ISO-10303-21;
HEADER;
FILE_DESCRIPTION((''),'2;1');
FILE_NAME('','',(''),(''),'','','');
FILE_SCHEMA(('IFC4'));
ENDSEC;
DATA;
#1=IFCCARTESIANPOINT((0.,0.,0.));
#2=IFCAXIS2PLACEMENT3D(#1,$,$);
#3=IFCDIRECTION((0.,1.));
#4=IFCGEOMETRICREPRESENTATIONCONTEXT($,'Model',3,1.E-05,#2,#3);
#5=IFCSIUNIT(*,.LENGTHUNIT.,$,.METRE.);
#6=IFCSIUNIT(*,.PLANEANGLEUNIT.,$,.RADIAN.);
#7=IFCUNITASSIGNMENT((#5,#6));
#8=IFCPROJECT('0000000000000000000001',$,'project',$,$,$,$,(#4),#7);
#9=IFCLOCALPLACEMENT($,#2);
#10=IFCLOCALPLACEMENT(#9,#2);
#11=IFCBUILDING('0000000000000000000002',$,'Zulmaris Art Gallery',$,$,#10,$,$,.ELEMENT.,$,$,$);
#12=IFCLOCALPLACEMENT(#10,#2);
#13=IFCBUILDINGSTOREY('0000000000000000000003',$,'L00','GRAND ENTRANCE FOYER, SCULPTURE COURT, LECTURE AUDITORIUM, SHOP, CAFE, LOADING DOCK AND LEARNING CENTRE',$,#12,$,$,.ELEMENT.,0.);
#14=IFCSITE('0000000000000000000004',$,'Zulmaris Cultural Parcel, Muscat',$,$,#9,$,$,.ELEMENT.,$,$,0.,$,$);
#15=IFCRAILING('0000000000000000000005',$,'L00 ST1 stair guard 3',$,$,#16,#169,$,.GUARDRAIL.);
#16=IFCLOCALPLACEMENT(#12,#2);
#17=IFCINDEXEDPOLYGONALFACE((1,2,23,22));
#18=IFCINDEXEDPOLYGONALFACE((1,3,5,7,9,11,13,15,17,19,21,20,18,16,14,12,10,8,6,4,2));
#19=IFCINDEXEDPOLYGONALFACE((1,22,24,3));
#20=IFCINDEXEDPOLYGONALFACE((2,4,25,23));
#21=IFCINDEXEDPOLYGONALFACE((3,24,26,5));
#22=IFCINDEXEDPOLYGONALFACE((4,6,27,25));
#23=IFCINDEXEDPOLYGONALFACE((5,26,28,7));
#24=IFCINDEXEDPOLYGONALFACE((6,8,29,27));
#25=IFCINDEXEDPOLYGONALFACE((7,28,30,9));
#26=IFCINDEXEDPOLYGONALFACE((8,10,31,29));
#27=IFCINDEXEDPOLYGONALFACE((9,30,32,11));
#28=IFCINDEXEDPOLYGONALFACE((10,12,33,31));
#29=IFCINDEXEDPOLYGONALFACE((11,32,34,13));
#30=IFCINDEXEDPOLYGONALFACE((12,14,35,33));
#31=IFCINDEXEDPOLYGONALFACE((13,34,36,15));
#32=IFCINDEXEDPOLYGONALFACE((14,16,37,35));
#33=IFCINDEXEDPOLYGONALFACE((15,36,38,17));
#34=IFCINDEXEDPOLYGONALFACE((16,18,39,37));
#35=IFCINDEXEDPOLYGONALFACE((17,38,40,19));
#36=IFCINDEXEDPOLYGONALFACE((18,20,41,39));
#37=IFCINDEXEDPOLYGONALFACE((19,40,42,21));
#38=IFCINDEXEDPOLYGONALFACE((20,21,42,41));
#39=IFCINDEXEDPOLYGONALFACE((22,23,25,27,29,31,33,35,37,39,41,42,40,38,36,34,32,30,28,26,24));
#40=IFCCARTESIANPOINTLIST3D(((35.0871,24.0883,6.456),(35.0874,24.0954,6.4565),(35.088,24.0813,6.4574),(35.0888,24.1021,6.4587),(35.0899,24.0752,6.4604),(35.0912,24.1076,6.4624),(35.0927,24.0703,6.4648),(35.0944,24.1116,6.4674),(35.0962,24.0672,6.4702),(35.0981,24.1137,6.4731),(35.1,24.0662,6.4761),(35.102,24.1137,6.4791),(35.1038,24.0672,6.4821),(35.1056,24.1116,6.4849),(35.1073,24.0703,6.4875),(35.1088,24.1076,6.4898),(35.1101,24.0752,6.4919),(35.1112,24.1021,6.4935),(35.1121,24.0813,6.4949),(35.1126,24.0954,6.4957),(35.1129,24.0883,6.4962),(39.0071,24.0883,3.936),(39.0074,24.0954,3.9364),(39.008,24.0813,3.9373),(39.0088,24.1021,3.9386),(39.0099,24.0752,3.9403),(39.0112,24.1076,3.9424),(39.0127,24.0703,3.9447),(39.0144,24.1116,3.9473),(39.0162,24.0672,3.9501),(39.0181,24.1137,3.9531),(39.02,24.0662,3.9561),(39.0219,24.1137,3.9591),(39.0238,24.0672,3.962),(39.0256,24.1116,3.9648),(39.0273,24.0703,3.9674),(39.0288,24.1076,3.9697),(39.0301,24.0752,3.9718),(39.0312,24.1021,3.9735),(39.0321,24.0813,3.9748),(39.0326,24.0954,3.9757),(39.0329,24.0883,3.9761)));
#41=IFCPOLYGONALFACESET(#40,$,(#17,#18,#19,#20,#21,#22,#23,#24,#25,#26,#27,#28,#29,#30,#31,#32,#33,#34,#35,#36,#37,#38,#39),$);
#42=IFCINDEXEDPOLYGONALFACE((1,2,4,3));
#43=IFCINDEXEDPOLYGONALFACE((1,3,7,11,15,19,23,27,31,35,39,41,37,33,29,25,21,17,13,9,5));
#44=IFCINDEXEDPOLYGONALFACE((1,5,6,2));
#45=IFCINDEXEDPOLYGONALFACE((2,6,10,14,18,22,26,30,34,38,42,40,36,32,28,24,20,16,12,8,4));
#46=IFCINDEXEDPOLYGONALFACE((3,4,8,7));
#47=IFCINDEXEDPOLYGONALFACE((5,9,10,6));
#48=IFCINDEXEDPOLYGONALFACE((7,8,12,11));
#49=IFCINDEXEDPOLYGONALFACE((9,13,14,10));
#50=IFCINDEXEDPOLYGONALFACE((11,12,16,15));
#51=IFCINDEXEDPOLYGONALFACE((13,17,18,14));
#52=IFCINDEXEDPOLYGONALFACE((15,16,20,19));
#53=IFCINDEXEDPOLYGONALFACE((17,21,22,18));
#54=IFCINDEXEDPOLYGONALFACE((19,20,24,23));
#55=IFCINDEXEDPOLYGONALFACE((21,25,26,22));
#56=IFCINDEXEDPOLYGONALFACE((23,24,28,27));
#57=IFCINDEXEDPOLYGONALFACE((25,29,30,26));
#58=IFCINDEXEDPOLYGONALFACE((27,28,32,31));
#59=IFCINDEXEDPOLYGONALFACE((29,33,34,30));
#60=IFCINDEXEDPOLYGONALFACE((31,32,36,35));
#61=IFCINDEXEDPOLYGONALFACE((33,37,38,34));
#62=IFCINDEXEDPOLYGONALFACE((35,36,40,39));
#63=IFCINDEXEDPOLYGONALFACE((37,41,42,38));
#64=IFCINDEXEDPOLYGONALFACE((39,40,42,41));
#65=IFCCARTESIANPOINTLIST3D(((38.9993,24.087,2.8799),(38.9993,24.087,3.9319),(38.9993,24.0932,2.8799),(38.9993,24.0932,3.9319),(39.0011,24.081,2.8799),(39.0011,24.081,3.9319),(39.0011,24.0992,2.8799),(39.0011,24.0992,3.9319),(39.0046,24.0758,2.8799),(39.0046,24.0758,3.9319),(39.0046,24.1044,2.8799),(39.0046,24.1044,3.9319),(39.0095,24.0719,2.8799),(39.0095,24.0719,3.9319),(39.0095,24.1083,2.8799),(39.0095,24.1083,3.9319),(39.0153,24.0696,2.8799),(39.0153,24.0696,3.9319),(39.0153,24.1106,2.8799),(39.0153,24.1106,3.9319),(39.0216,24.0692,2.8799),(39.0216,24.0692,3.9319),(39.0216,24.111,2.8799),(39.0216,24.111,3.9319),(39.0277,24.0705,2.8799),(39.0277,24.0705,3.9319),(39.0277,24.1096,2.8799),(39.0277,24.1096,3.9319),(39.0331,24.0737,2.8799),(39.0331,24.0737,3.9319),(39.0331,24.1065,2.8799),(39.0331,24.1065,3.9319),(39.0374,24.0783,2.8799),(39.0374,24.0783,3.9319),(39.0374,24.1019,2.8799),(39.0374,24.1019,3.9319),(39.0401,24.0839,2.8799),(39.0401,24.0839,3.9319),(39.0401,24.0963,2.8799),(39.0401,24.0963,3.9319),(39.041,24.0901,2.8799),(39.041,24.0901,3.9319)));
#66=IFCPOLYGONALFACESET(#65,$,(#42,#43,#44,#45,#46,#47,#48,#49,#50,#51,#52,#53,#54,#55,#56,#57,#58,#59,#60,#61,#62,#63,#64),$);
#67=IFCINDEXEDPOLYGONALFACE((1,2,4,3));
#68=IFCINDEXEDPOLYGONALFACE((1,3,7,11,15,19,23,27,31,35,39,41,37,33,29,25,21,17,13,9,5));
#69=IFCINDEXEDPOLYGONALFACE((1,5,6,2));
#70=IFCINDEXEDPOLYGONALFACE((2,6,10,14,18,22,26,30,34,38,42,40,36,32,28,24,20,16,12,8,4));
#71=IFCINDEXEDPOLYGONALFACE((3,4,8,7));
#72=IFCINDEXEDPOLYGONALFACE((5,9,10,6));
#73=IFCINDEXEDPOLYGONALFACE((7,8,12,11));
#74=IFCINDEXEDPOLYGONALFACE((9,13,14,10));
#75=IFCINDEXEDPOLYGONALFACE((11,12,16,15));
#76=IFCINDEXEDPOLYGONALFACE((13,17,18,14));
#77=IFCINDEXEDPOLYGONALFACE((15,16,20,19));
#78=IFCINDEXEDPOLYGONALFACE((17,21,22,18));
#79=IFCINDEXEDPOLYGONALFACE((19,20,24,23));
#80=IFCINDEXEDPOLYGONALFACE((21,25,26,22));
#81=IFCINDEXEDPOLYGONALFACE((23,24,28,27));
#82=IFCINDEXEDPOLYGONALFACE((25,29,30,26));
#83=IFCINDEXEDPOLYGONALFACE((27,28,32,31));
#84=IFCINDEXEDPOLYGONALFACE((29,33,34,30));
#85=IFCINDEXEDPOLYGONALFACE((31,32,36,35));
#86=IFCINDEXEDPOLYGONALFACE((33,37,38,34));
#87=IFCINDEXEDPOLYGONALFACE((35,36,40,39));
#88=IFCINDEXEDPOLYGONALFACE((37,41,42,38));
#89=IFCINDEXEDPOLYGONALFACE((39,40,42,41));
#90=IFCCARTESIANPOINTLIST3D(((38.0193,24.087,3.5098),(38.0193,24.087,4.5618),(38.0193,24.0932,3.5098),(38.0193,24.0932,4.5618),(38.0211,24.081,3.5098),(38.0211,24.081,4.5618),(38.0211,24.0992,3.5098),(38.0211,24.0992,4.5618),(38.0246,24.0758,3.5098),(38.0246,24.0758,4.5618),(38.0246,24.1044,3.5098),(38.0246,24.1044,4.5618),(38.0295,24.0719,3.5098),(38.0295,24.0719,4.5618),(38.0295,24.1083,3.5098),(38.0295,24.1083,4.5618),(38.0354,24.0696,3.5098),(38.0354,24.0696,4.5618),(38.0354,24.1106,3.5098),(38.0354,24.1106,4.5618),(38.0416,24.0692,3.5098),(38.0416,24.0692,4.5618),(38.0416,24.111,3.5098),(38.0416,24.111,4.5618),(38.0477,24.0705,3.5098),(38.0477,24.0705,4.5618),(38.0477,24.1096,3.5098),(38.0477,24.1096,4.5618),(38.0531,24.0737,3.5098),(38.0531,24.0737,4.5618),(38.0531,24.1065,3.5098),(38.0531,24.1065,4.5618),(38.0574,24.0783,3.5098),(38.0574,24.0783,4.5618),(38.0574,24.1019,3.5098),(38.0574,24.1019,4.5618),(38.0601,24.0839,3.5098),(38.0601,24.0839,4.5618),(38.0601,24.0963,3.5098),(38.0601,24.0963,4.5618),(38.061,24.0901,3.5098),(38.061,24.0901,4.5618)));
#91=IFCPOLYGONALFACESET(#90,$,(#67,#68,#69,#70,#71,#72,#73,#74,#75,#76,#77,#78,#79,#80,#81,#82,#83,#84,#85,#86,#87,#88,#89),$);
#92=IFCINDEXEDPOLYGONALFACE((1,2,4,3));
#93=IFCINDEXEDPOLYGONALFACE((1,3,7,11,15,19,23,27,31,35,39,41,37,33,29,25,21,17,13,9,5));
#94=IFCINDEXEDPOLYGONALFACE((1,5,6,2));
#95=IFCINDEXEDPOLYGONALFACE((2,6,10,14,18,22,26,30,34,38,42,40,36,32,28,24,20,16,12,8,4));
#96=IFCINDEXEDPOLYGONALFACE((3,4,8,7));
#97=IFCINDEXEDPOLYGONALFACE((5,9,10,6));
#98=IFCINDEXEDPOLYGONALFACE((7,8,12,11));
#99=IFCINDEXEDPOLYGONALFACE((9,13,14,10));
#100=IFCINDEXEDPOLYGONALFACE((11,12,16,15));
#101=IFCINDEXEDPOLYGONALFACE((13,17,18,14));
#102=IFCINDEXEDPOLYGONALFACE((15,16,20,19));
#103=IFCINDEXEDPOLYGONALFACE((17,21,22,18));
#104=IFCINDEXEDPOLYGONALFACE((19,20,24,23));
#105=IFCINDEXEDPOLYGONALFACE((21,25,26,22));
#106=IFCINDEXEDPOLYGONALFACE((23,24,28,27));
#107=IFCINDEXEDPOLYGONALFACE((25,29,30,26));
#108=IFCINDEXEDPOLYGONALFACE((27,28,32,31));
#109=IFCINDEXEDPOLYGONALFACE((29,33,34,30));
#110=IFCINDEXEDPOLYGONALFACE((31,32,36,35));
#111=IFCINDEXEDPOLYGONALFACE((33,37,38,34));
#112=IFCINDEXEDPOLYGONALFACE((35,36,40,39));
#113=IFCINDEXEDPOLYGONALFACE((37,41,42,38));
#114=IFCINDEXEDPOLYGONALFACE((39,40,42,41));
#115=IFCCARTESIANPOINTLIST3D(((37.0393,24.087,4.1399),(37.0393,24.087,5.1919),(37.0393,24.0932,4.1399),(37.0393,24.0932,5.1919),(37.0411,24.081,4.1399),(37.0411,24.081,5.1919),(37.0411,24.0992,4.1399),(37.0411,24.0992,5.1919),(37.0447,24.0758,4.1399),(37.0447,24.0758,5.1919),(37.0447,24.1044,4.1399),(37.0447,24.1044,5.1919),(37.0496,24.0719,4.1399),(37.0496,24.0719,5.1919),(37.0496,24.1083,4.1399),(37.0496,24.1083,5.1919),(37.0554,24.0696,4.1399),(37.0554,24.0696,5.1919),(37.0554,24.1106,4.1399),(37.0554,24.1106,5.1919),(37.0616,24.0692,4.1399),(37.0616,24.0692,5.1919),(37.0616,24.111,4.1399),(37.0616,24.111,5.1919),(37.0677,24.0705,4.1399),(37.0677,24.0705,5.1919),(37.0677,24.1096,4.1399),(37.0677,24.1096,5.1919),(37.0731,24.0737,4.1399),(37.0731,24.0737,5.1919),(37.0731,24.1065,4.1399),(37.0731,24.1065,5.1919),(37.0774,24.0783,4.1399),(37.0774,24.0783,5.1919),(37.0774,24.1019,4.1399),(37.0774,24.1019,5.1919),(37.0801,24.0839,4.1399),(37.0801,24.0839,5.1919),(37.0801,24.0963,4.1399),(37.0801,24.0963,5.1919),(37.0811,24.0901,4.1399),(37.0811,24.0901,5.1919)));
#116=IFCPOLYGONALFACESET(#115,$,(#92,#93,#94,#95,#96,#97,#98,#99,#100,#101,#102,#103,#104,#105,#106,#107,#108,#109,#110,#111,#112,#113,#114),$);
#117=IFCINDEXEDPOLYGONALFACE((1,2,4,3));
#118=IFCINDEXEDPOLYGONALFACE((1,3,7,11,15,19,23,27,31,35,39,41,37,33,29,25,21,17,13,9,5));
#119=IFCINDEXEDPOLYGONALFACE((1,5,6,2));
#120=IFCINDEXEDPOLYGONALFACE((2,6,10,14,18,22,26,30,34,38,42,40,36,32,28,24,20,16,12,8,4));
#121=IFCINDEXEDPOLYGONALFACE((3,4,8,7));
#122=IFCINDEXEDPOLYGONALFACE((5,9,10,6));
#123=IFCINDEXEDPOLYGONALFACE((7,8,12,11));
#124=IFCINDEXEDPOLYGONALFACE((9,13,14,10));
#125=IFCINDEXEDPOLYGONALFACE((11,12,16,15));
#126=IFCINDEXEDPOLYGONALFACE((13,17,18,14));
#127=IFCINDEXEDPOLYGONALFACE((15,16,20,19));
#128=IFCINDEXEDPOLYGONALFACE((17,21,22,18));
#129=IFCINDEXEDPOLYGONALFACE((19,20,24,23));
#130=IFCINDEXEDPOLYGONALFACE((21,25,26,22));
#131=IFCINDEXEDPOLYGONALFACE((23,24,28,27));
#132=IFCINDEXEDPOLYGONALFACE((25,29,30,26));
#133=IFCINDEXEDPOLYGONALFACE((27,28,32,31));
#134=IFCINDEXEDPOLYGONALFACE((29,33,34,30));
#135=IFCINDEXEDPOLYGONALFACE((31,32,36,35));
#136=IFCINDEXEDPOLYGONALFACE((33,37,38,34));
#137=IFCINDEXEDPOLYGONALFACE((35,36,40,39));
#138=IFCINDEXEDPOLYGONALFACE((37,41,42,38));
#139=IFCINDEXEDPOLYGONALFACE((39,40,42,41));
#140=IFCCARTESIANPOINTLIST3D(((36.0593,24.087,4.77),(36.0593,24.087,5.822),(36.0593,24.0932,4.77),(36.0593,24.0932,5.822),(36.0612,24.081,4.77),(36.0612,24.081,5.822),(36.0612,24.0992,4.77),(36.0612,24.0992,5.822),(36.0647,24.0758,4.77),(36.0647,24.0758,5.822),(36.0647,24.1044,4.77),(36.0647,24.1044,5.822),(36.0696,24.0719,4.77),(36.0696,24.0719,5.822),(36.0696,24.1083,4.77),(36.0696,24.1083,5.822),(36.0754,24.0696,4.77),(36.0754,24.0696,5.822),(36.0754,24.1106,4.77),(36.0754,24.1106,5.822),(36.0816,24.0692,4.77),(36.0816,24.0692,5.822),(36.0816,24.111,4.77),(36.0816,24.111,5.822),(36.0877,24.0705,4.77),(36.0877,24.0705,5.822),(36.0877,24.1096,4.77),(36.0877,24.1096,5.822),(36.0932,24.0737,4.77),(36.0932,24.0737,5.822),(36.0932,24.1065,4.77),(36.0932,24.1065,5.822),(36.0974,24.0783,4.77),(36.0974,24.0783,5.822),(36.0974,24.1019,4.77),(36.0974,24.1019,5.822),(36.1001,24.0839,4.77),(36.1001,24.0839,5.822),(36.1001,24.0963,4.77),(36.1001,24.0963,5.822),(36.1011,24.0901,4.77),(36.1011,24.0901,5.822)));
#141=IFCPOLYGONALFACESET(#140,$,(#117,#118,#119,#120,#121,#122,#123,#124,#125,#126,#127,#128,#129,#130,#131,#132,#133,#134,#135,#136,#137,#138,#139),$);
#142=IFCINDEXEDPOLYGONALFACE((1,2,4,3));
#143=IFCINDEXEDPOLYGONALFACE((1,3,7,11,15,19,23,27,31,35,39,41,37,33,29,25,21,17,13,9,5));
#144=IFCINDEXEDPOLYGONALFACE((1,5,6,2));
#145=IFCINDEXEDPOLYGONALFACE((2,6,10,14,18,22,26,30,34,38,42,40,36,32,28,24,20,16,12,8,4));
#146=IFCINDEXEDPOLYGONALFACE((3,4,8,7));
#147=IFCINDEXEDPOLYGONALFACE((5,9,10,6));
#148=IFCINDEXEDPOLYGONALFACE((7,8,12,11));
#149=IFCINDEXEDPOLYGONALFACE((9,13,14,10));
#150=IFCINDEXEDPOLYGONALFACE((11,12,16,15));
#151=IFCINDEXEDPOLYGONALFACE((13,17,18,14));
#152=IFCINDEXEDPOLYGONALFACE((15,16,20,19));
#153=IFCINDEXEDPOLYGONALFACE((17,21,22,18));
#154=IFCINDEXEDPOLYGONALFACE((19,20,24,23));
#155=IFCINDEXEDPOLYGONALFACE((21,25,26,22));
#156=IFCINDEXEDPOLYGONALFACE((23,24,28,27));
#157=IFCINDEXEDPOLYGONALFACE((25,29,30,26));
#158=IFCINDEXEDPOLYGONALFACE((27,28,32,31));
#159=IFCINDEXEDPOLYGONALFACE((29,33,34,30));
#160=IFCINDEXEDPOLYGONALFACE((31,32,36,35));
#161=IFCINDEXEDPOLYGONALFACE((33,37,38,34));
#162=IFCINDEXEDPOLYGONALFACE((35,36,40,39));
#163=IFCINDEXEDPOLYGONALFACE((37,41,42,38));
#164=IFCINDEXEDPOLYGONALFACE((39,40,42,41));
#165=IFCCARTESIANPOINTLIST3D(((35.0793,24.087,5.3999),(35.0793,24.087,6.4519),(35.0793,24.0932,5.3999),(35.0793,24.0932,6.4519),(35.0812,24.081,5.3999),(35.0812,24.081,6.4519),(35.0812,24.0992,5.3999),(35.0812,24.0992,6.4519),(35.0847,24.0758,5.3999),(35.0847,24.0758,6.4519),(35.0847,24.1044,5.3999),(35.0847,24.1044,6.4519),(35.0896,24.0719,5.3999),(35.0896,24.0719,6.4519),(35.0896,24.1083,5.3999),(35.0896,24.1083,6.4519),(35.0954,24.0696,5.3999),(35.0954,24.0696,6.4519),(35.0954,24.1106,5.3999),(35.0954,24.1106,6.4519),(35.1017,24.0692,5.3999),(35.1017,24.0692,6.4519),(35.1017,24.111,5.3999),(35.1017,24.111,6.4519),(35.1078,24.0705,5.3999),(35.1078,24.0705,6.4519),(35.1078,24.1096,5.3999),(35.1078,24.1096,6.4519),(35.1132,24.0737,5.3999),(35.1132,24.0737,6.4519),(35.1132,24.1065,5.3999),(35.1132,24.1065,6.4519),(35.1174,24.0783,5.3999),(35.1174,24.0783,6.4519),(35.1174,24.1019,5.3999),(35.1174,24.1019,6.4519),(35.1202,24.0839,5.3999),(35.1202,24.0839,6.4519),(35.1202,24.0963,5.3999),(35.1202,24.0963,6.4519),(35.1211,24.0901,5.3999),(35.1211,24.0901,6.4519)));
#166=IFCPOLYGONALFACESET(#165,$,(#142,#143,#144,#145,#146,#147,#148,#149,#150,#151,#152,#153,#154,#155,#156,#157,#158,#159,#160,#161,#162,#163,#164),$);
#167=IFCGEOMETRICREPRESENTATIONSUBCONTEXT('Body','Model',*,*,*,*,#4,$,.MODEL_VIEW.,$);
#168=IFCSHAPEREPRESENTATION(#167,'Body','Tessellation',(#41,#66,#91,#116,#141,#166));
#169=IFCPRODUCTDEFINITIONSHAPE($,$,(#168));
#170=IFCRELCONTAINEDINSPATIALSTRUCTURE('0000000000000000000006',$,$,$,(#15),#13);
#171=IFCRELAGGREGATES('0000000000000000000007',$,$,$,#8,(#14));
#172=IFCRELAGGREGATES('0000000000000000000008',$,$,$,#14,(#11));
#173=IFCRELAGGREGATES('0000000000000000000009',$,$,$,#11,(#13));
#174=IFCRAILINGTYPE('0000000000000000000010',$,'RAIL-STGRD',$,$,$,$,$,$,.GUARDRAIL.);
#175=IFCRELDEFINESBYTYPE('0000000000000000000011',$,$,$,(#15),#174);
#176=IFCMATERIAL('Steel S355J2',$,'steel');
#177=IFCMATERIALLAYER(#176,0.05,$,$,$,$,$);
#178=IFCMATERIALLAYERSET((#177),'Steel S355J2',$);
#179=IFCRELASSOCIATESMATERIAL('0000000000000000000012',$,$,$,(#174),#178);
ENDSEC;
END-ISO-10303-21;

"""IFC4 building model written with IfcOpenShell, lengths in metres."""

from ifc_helpers import new_model, si_unit, direction, frame, origin, origin_2d, place, context, subcontext, project, spatial, circle, extrude, material, layer, layer_set, type_object, element, save


model = new_model("IFC4")

# Units and contexts
model_context = context("Model", 3, precision=1e-05, world=origin(), true_north=direction((0.0, 1.0)))
body_context = subcontext(model_context, "Body", "Model", "MODEL_VIEW")
ifc_project = project(units=[si_unit("LENGTHUNIT", "METRE"), si_unit("PLANEANGLEUNIT", "RADIAN")], contexts=[model_context])

# Site, building, storey
site_placement = place(None, origin())
site = spatial("IfcSite", under=ifc_project, at=site_placement, Name="Zulmaris Cultural Parcel, Muscat", CompositionType="ELEMENT", RefElevation=0.0)
building_placement = place(site_placement, origin())
building = spatial("IfcBuilding", under=site, at=building_placement, Name="Zulmaris Art Gallery", CompositionType="ELEMENT")
storey_placement = place(building_placement, origin())
storey = spatial("IfcBuildingStorey", under=building, at=storey_placement, Name="L00", Description="GRAND ENTRANCE FOYER, SCULPTURE COURT, LECTURE AUDITORIUM, SHOP, CAFE, LOADING DOCK AND LEARNING CENTRE", CompositionType="ELEMENT", Elevation=0.0)

# Shared definitions
ifc_material_1 = material(Name="Steel S355J2", Category="steel")

# Railing
ifc_layer_1 = layer(ifc_material_1, 0.05)
ifc_layer_set_1 = layer_set([ifc_layer_1], Name="Steel S355J2")
railing_type_1 = type_object("IfcRailingType", Name="RAIL-STGRD", PredefinedType="GUARDRAIL", material=ifc_layer_set_1)
railing_1_placement = place(storey_placement, frame((39.02, 24.0901, 2.8799)))
element("IfcRailing", 1, at=railing_1_placement, inside=storey, type_object=railing_type_1, Name="L00 ST1 stair guard 3", PredefinedType="GUARDRAIL", context=body_context, shape_type="SweptSolid", body=[
    extrude(circle(Radius=0.0239, at=origin_2d()), frame((0.0, 0.0, 1.0762), z_axis=(-0.841172, 0.0, 0.540768), x_axis=(0.0, -1.0, 0.0)), (0.0, 0.0, 1.0), 4.6602),
    extrude(circle(Radius=0.021, at=origin_2d()), origin(), (0.0, 0.0, 1.0), 1.052),
    extrude(circle(Radius=0.021, at=origin_2d()), frame((-0.98, 0.0, 0.6299)), (0.0, 0.0, 1.0), 1.052),
    extrude(circle(Radius=0.021, at=origin_2d()), frame((-1.96, 0.0, 1.26)), (0.0, 0.0, 1.0), 1.052),
    extrude(circle(Radius=0.021, at=origin_2d()), frame((-2.9399, 0.0, 1.8901)), (0.0, 0.0, 1.0), 1.052),
    extrude(circle(Radius=0.021, at=origin_2d()), frame((-3.9199, 0.0, 2.52)), (0.0, 0.0, 1.0), 1.052),
])

save(model, "model.ifc")
